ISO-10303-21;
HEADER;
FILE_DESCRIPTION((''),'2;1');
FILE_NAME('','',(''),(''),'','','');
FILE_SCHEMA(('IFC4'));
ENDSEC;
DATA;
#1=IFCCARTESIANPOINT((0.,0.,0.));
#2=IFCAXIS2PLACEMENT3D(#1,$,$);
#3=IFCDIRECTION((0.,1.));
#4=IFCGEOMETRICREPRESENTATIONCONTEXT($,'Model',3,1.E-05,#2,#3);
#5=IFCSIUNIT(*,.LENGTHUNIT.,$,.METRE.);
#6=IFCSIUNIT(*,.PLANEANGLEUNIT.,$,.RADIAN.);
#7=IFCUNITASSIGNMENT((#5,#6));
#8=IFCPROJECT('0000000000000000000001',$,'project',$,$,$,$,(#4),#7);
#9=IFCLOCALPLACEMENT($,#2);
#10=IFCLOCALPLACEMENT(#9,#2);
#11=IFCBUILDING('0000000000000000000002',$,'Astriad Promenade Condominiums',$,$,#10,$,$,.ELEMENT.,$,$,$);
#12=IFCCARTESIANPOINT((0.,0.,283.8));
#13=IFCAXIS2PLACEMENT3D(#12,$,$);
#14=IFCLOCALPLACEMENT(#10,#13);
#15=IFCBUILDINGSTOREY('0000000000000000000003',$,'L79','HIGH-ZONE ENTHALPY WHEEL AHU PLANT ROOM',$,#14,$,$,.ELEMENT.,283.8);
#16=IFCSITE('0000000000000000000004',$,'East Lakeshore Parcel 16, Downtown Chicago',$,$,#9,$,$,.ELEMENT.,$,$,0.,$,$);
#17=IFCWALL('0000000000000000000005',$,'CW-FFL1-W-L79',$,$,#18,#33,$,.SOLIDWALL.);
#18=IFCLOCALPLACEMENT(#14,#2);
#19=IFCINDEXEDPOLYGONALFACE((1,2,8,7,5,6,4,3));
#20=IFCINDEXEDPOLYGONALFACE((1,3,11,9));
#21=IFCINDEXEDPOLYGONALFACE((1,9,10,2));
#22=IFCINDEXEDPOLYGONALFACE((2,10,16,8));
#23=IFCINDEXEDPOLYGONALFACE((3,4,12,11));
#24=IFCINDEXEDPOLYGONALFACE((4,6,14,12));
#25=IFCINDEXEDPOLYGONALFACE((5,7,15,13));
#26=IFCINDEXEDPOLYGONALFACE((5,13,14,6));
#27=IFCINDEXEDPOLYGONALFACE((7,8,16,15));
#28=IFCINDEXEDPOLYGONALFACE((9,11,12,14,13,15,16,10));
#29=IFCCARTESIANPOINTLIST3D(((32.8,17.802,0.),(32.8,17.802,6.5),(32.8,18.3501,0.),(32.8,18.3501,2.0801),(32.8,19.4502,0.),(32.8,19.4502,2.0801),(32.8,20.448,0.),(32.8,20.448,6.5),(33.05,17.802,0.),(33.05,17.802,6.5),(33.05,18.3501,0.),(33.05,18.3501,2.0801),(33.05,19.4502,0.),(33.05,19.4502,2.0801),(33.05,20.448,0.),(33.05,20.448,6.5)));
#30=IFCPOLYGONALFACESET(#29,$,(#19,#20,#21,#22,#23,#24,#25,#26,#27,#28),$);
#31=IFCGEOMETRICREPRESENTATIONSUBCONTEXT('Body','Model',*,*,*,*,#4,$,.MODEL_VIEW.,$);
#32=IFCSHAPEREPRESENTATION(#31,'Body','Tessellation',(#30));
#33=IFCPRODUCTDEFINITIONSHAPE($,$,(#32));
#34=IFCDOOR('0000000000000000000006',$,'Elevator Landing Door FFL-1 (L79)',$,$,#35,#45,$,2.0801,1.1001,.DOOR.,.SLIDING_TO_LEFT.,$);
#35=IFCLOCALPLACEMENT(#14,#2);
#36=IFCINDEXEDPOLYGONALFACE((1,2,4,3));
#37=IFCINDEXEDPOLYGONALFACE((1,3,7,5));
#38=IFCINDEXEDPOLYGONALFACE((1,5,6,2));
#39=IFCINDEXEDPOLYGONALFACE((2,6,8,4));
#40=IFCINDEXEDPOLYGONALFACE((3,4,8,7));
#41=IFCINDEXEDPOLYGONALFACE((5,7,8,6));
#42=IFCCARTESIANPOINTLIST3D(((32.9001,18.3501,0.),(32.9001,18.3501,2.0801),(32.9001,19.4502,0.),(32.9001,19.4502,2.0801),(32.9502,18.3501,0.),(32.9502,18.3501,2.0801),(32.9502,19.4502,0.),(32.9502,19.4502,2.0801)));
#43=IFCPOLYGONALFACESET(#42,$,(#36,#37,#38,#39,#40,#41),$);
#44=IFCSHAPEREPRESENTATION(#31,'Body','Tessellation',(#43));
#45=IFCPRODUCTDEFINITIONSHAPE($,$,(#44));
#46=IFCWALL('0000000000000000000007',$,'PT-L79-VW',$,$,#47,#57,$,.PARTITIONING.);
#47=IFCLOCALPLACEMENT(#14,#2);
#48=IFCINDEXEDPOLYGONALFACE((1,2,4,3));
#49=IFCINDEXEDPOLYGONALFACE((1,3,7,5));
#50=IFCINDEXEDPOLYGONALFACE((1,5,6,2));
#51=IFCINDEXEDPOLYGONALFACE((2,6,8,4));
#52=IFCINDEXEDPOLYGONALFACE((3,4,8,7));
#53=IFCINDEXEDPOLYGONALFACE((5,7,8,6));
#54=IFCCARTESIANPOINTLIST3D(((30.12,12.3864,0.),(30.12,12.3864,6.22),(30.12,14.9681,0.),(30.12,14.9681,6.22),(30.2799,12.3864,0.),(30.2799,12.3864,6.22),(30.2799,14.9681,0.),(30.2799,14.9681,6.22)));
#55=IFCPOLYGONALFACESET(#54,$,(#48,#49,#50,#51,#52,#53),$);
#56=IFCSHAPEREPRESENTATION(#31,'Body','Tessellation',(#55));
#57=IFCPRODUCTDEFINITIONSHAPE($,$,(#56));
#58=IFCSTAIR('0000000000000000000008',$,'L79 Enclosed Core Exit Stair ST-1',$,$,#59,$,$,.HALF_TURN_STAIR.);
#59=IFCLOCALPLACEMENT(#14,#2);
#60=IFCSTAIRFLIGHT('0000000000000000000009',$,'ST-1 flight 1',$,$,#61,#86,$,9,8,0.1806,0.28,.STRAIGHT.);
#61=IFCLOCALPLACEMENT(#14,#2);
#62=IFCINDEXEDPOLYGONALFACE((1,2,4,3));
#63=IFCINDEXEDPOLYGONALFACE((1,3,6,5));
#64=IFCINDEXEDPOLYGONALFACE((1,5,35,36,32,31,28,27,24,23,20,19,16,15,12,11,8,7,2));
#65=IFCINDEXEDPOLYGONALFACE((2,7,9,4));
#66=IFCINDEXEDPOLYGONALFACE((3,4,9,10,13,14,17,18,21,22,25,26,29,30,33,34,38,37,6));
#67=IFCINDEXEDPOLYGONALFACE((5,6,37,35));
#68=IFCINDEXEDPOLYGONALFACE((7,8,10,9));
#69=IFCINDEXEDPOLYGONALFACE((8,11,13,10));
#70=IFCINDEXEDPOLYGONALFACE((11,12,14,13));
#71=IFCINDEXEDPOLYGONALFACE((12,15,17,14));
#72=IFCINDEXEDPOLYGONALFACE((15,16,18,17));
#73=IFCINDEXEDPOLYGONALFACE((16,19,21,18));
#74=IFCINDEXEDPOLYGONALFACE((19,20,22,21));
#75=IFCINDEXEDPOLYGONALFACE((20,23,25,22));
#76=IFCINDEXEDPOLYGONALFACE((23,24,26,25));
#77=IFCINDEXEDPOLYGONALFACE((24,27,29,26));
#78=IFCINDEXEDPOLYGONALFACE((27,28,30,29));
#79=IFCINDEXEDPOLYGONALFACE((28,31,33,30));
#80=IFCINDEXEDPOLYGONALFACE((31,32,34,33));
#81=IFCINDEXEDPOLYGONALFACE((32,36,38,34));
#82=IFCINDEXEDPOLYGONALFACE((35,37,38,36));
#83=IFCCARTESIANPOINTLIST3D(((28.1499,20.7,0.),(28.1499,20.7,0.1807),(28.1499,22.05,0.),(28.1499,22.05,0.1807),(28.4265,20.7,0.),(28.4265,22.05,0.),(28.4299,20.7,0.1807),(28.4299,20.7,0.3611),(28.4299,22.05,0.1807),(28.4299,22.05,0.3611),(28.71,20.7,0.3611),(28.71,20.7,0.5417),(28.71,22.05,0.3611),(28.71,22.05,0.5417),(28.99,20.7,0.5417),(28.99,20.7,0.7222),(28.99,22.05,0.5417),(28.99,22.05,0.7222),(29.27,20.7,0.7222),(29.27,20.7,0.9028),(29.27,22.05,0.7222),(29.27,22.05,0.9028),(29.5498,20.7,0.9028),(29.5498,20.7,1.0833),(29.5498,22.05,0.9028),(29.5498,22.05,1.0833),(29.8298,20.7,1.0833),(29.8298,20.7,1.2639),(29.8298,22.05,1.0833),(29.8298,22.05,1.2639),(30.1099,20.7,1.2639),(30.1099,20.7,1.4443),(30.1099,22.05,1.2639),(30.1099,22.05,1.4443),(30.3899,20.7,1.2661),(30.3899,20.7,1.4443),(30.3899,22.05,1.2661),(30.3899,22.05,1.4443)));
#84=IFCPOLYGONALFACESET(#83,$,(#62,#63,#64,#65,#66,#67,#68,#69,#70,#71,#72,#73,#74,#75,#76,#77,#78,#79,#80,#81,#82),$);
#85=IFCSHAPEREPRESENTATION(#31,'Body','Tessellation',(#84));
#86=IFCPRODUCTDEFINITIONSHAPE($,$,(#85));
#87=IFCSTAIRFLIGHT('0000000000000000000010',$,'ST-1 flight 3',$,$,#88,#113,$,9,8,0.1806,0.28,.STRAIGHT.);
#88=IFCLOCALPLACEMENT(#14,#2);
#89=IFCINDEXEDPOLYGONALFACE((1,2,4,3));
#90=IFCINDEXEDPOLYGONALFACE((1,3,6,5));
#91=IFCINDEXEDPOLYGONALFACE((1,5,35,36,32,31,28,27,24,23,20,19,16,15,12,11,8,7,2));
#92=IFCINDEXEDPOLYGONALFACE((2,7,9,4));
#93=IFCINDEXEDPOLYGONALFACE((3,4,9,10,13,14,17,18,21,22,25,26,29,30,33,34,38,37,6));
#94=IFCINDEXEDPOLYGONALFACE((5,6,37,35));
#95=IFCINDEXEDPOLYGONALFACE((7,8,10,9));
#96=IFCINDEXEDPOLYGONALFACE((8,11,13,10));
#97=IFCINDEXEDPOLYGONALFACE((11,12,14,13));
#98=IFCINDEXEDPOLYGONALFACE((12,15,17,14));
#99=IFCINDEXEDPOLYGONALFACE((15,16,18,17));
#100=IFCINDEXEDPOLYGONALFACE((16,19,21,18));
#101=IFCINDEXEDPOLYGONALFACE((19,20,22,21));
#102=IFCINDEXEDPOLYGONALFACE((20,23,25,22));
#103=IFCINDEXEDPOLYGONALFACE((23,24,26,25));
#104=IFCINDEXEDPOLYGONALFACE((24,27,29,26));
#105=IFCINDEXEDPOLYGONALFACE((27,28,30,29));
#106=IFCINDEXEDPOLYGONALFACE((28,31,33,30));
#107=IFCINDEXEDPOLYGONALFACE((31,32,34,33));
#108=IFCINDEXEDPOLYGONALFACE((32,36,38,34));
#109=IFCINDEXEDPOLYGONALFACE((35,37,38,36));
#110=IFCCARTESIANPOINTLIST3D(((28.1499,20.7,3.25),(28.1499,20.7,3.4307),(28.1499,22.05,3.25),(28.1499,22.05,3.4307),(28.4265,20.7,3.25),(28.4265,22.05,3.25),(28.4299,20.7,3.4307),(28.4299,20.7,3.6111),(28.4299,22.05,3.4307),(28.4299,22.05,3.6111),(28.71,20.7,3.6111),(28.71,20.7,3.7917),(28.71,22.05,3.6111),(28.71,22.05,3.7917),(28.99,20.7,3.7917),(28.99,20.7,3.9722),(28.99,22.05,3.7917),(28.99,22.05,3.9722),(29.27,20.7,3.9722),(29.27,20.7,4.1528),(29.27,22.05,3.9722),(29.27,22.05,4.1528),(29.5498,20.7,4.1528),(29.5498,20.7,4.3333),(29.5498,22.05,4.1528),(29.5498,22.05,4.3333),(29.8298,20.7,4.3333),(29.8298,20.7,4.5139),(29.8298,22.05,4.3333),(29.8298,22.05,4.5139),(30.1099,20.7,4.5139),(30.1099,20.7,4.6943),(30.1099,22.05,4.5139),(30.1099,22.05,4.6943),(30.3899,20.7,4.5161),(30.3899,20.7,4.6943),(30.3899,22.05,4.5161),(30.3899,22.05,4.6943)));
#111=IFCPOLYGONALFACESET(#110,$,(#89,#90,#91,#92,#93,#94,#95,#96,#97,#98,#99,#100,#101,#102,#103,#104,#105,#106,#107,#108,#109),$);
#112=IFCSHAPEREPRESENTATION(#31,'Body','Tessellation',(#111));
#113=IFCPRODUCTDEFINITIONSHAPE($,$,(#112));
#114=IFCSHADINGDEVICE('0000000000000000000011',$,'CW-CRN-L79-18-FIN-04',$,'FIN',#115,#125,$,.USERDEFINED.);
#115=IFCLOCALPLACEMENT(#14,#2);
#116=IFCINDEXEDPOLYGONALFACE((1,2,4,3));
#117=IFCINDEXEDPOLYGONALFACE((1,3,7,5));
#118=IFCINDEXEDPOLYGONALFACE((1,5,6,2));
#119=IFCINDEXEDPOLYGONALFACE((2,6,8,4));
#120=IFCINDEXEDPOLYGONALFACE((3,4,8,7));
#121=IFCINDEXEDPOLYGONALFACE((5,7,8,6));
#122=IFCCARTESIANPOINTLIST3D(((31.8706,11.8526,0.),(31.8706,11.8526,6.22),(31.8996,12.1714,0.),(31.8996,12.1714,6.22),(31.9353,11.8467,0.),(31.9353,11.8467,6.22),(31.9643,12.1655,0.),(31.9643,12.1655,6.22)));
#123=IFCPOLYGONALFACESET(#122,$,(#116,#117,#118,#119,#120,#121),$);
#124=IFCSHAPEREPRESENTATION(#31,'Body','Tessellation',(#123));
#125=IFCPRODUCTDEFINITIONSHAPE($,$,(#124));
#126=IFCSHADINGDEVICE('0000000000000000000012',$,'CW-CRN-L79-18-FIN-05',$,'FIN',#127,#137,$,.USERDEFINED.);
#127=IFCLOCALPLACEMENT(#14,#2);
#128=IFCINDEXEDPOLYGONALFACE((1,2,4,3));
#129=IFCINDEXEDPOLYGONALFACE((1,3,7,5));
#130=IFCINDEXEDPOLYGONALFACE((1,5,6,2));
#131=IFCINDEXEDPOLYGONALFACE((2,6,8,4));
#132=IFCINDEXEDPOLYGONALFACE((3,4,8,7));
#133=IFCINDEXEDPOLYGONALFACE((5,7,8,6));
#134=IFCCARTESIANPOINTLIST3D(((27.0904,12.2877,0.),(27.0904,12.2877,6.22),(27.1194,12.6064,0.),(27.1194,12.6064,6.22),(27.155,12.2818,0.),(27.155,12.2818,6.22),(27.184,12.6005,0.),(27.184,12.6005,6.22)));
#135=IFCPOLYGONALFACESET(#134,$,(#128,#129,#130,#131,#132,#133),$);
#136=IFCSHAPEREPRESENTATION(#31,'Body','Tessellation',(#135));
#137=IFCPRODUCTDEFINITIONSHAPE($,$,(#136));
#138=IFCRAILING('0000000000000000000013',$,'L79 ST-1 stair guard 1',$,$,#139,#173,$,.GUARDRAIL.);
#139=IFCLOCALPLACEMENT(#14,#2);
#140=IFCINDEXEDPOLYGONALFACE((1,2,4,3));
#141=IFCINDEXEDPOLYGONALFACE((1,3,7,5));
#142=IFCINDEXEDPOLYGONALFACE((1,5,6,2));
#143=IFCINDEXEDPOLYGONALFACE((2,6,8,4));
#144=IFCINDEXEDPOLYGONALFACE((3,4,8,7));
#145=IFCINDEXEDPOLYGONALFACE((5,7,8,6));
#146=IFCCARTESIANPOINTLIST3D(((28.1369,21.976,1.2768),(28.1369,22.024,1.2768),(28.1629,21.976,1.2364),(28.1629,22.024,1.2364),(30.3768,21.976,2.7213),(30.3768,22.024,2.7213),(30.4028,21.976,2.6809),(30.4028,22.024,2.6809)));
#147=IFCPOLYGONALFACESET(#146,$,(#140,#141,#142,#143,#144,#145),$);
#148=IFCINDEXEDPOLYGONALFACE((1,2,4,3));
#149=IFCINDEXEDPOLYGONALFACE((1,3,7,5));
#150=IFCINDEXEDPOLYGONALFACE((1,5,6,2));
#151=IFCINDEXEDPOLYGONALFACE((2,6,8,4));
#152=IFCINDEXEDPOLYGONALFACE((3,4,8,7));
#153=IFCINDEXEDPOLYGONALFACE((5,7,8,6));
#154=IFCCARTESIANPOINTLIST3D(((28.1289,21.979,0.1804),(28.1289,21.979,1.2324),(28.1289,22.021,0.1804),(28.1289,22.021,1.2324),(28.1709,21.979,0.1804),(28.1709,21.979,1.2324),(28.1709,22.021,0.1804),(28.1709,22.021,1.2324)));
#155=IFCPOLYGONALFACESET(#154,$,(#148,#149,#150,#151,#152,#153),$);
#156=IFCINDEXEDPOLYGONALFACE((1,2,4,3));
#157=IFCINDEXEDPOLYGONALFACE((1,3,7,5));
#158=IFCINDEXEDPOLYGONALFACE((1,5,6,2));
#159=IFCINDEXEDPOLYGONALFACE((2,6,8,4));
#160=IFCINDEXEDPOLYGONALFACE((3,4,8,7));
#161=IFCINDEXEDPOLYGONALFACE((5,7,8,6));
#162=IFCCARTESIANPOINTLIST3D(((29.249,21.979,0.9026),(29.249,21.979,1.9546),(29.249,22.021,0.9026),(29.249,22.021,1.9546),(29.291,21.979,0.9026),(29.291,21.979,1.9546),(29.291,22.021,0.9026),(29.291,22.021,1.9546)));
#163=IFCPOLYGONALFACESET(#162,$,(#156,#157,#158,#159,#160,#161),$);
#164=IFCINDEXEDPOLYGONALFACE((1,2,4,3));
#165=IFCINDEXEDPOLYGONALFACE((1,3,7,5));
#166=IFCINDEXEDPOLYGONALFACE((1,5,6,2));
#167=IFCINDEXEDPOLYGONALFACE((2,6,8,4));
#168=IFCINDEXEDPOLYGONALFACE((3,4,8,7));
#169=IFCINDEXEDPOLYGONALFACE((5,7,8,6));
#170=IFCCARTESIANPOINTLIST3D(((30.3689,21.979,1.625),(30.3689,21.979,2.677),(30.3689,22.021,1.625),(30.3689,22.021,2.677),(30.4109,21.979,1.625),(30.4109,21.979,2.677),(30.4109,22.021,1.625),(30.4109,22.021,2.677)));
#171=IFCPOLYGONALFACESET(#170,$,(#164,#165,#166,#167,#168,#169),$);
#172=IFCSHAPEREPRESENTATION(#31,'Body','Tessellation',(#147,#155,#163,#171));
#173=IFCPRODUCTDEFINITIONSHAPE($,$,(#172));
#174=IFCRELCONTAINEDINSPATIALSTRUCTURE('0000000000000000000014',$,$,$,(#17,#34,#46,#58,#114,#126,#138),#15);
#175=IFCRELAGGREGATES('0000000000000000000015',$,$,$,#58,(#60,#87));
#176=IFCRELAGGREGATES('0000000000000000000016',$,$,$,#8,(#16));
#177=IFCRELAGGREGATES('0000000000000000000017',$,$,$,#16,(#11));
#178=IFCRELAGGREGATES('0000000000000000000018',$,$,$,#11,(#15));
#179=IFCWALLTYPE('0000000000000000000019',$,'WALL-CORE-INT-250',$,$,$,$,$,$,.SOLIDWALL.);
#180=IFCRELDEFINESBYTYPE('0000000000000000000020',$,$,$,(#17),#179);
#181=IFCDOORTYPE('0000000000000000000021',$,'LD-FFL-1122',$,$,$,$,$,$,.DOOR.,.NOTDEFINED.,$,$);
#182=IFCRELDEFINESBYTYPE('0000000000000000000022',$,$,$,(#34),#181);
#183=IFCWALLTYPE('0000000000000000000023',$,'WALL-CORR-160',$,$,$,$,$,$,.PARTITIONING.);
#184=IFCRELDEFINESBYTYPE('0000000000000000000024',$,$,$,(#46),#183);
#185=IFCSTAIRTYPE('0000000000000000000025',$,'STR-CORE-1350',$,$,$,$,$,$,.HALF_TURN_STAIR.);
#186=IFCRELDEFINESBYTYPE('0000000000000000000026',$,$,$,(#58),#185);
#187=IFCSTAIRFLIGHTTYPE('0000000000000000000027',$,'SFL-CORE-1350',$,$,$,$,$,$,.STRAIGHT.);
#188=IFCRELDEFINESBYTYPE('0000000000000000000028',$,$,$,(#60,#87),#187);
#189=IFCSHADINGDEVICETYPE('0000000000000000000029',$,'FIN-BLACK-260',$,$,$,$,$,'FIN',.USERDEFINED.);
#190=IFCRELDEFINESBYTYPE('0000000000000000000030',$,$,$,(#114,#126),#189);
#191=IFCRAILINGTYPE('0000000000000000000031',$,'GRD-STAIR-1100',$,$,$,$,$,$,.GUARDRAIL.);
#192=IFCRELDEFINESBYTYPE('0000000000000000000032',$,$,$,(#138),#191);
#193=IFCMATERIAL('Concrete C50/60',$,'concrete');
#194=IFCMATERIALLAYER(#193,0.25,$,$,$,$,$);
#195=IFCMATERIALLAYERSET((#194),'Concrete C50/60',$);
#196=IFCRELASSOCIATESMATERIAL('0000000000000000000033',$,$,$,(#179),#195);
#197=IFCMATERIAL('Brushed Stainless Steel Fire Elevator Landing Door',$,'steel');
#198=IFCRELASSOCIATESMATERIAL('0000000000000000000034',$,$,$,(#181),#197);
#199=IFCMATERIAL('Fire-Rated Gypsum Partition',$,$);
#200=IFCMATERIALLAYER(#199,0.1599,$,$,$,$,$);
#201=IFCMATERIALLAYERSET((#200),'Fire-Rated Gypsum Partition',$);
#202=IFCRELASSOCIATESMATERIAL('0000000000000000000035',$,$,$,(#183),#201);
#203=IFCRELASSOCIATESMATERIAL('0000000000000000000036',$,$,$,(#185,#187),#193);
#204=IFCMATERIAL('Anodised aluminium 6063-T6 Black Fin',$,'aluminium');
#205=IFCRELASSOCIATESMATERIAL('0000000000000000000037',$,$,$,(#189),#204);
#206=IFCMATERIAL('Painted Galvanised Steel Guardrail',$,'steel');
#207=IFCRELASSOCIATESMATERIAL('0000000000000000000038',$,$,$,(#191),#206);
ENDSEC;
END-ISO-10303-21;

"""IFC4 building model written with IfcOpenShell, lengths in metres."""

from ifc_helpers import new_model, si_unit, direction, frame, frame_2d, origin, origin_2d, place, context, subcontext, project, spatial, polyline, rectangle, outline, extrude, source, transform, mapped, material, layer, layer_set, type_object, type_shapes, element, fill, aggregate, save


model = new_model("IFC4")

# Units and contexts
model_context = context("Model", 3, precision=1e-05, world=origin(), true_north=direction((0.0, 1.0)))
body_context = subcontext(model_context, "Body", "Model", "MODEL_VIEW")
ifc_project = project(units=[si_unit("LENGTHUNIT", "METRE"), si_unit("PLANEANGLEUNIT", "RADIAN")], contexts=[model_context])

# Site, building, storey
site_placement = place(None, origin())
site = spatial("IfcSite", under=ifc_project, at=site_placement, Name="East Lakeshore Parcel 16, Downtown Chicago", CompositionType="ELEMENT", RefElevation=0.0)
building_placement = place(site_placement, origin())
building = spatial("IfcBuilding", under=site, at=building_placement, Name="Astriad Promenade Condominiums", CompositionType="ELEMENT")
storey_placement = place(building_placement, frame((0.0, 0.0, 283.8)))
storey = spatial("IfcBuildingStorey", under=building, at=storey_placement, Name="L79", Description="HIGH-ZONE ENTHALPY WHEEL AHU PLANT ROOM", CompositionType="ELEMENT", Elevation=283.8)

# Shared definitions
ifc_material_1 = material(Name="Concrete C50/60", Category="concrete")

# Shared definitions
ifc_layer_1 = layer(ifc_material_1, 0.25)
ifc_layer_set_1 = layer_set([ifc_layer_1], Name="Concrete C50/60")
wall_type_1 = type_object("IfcWallType", Name="WALL-CORE-INT-250", PredefinedType="SOLIDWALL", material=ifc_layer_set_1)

# Wall, opening, door
wall_1_placement = place(storey_placement, frame((32.925, 17.802, 0.0), z_axis=(0.0, 0.0, 1.0), x_axis=(0.0, 1.0, 0.0)))
wall_1 = element("IfcWall", 1, at=wall_1_placement, inside=storey, type_object=wall_type_1, Name="CW-FFL1-W-L79", PredefinedType="SOLIDWALL", context=body_context, shape_type="SweptSolid", body=[
    extrude(rectangle(XDim=2.646, YDim=0.25, at=frame_2d((1.323, 0.0))), origin(), (0.0, 0.0, 1.0), 6.5),
])
opening_1_placement = place(wall_1_placement, frame((0.5481, 0.0, 0.0)))
opening_1 = element("IfcOpeningElement", 2, at=opening_1_placement, cuts=wall_1, PredefinedType="OPENING", context=body_context, shape_type="SweptSolid", body=[
    extrude(rectangle(XDim=1.1001, YDim=2.0801, at=frame_2d((0.55, 1.04))), frame((0.0, 0.135, 0.0), z_axis=(0.0, -1.0, 0.0), x_axis=(1.0, 0.0, 0.0)), (0.0, 0.0, 1.0), 0.27),
])
ifc_material_2 = material(Name="Brushed Stainless Steel Fire Elevator Landing Door", Category="steel")
door_type_1 = type_object("IfcDoorType", Name="LD-FFL-1122", OperationType="NOTDEFINED", PredefinedType="DOOR", material=ifc_material_2)
shared_shape_1 = source(origin(), body_context, "Body", "SweptSolid", [
    extrude(rectangle(XDim=1.1001, YDim=2.0801, at=frame_2d((0.55, 1.04))), frame((0.0, 0.0249, 0.0), z_axis=(0.0, -1.0, 0.0), x_axis=(1.0, 0.0, 0.0)), (0.0, 0.0, 1.0), 0.05),
])
type_shapes(door_type_1, [shared_shape_1])
door_1_placement = place(opening_1_placement, origin())
door_1 = element("IfcDoor", 3, at=door_1_placement, inside=storey, type_object=door_type_1, Name="Elevator Landing Door FFL-1 (L79)", OperationType="SLIDING_TO_LEFT", OverallHeight=2.0801, OverallWidth=1.1001, PredefinedType="DOOR", context=body_context, shape_type="MappedRepresentation", body=[
    mapped(shared_shape_1, transform((0.0, 0.0, 0.0), scale=1.0)),
])
fill(opening_1, door_1)

# Wall
ifc_material_3 = material(Name="Fire-Rated Gypsum Partition")
ifc_layer_2 = layer(ifc_material_3, 0.1599)
ifc_layer_set_2 = layer_set([ifc_layer_2], Name="Fire-Rated Gypsum Partition")
wall_type_2 = type_object("IfcWallType", Name="WALL-CORR-160", PredefinedType="PARTITIONING", material=ifc_layer_set_2)
wall_2_placement = place(storey_placement, frame((30.2, 12.3862, 0.0), z_axis=(0.0, 0.0, 1.0), x_axis=(0.0, 1.0, 0.0)))
element("IfcWall", 4, at=wall_2_placement, inside=storey, type_object=wall_type_2, Name="PT-L79-VW", PredefinedType="PARTITIONING", context=body_context, shape_type="SweptSolid", body=[
    extrude(rectangle(XDim=2.5818, YDim=0.1599, at=frame_2d((1.291, 0.0))), origin(), (0.0, 0.0, 1.0), 6.22),
])

# Stair, stair flights
stair_type = type_object("IfcStairType", Name="STR-CORE-1350", PredefinedType="HALF_TURN_STAIR", material=ifc_material_1)
stair_placement = place(storey_placement, origin())
stair = element("IfcStair", 5, at=stair_placement, inside=storey, type_object=stair_type, Name="L79 Enclosed Core Exit Stair ST-1", PredefinedType="HALF_TURN_STAIR")
stair_flight_type = type_object("IfcStairFlightType", Name="SFL-CORE-1350", PredefinedType="STRAIGHT", material=ifc_material_1)
shared_shape_2 = source(origin(), body_context, "Body", "SweptSolid", [
    extrude(outline(polyline([(0.0, 0.0), (0.0, 0.1807), (0.28, 0.1807), (0.28, 0.3611), (0.5601, 0.3611), (0.5601, 0.5417), (0.8401, 0.5417), (0.8401, 0.7222), (1.1201, 0.7222), (1.1201, 0.9028), (1.3999, 0.9028), (1.3999, 1.0833), (1.6799, 1.0833), (1.6799, 1.2639), (1.96, 1.2639), (1.96, 1.4443), (2.24, 1.4443), (2.24, 1.625), (2.24, 1.2661), (0.2766, 0.0), (0.0, 0.0)])), frame((0.0, 0.675, 0.0), z_axis=(0.0, -1.0, 0.0), x_axis=(1.0, 0.0, 0.0)), (0.0, 0.0, 1.0), 1.3501),
])
type_shapes(stair_flight_type, [shared_shape_2])
stair_flight_1_placement = place(storey_placement, frame((28.1499, 21.375, 0.0), z_axis=(0.0, 0.0, 1.0), x_axis=(1.0, 0.0, 0.0)))
stair_flight_1 = element("IfcStairFlight", 6, at=stair_flight_1_placement, type_object=stair_flight_type, Name="ST-1 flight 1", NumberOfRisers=9, NumberOfTreads=8, PredefinedType="STRAIGHT", RiserHeight=0.1806, TreadLength=0.28, context=body_context, shape_type="MappedRepresentation", body=[
    mapped(shared_shape_2, transform((0.0, 0.0, 0.0), scale=1.0)),
])
stair_flight_2_placement = place(storey_placement, frame((28.1499, 21.375, 3.25), z_axis=(0.0, 0.0, 1.0), x_axis=(1.0, 0.0, 0.0)))
stair_flight_2 = element("IfcStairFlight", 7, at=stair_flight_2_placement, type_object=stair_flight_type, Name="ST-1 flight 3", NumberOfRisers=9, NumberOfTreads=8, PredefinedType="STRAIGHT", RiserHeight=0.1806, TreadLength=0.28, context=body_context, shape_type="MappedRepresentation", body=[
    mapped(shared_shape_2, transform((0.0, 0.0, 0.0), scale=1.0)),
])
aggregate(stair, [stair_flight_1, stair_flight_2])

# Shading devices
ifc_material_4 = material(Name="Anodised aluminium 6063-T6 Black Fin", Category="aluminium")
shading_device_type = type_object("IfcShadingDeviceType", Name="FIN-BLACK-260", ElementType="FIN", PredefinedType="USERDEFINED", material=ifc_material_4)
shared_shape_3 = source(origin(), body_context, "Body", "SweptSolid", [
    extrude(rectangle(XDim=0.0649, YDim=0.3201, at=origin_2d()), origin(), (0.0, 0.0, 1.0), 6.22),
])
type_shapes(shading_device_type, [shared_shape_3])
for number, where, z_axis, x_axis, name in (
    (8, (31.9175, 12.009, 0.0), (0.0, 0.0, 1.0), (-0.995884, 0.090633, 0.0), "CW-CRN-L79-18-FIN-04"),
    (9, (27.1372, 12.4441, 0.0), (0.0, 0.0, 1.0), (-0.995884, 0.090633, 0.0), "CW-CRN-L79-18-FIN-05"),
):
    element("IfcShadingDevice", number, at=place(storey_placement, frame(where, z_axis=z_axis, x_axis=x_axis)), inside=storey, type_object=shading_device_type, Name=name, ObjectType="FIN", PredefinedType="USERDEFINED", context=body_context, shape_type="MappedRepresentation", body=[
        mapped(shared_shape_3, transform((0.0, 0.0, 0.0), scale=1.0)),
    ])

# Railing
ifc_material_5 = material(Name="Painted Galvanised Steel Guardrail", Category="steel")
railing_type_1 = type_object("IfcRailingType", Name="GRD-STAIR-1100", PredefinedType="GUARDRAIL", material=ifc_material_5)
shared_shape_4 = source(origin(), body_context, "Body", "SweptSolid", [
    extrude(rectangle(XDim=0.0481, YDim=0.0481, at=origin_2d()), frame((0.0, 0.0, 1.0762), z_axis=(0.840395, 0.0, 0.541975), x_axis=(0.0, 1.0, 0.0)), (0.0, 0.0, 1.0), 2.6653),
    extrude(rectangle(XDim=0.042, YDim=0.042, at=origin_2d()), origin(), (0.0, 0.0, 1.0), 1.052),
    extrude(rectangle(XDim=0.042, YDim=0.042, at=origin_2d()), frame((1.1201, 0.0, 0.7222)), (0.0, 0.0, 1.0), 1.052),
    extrude(rectangle(XDim=0.042, YDim=0.042, at=origin_2d()), frame((2.24, 0.0, 1.4446)), (0.0, 0.0, 1.0), 1.052),
])
type_shapes(railing_type_1, [shared_shape_4])
railing_placement = place(storey_placement, frame((28.1499, 22.0, 0.1804)))
element("IfcRailing", 10, at=railing_placement, inside=storey, type_object=railing_type_1, Name="L79 ST-1 stair guard 1", PredefinedType="GUARDRAIL", context=body_context, shape_type="MappedRepresentation", body=[
    mapped(shared_shape_4, transform((0.0, 0.0, 0.0), scale=1.0)),
])

save(model, "model.ifc")
